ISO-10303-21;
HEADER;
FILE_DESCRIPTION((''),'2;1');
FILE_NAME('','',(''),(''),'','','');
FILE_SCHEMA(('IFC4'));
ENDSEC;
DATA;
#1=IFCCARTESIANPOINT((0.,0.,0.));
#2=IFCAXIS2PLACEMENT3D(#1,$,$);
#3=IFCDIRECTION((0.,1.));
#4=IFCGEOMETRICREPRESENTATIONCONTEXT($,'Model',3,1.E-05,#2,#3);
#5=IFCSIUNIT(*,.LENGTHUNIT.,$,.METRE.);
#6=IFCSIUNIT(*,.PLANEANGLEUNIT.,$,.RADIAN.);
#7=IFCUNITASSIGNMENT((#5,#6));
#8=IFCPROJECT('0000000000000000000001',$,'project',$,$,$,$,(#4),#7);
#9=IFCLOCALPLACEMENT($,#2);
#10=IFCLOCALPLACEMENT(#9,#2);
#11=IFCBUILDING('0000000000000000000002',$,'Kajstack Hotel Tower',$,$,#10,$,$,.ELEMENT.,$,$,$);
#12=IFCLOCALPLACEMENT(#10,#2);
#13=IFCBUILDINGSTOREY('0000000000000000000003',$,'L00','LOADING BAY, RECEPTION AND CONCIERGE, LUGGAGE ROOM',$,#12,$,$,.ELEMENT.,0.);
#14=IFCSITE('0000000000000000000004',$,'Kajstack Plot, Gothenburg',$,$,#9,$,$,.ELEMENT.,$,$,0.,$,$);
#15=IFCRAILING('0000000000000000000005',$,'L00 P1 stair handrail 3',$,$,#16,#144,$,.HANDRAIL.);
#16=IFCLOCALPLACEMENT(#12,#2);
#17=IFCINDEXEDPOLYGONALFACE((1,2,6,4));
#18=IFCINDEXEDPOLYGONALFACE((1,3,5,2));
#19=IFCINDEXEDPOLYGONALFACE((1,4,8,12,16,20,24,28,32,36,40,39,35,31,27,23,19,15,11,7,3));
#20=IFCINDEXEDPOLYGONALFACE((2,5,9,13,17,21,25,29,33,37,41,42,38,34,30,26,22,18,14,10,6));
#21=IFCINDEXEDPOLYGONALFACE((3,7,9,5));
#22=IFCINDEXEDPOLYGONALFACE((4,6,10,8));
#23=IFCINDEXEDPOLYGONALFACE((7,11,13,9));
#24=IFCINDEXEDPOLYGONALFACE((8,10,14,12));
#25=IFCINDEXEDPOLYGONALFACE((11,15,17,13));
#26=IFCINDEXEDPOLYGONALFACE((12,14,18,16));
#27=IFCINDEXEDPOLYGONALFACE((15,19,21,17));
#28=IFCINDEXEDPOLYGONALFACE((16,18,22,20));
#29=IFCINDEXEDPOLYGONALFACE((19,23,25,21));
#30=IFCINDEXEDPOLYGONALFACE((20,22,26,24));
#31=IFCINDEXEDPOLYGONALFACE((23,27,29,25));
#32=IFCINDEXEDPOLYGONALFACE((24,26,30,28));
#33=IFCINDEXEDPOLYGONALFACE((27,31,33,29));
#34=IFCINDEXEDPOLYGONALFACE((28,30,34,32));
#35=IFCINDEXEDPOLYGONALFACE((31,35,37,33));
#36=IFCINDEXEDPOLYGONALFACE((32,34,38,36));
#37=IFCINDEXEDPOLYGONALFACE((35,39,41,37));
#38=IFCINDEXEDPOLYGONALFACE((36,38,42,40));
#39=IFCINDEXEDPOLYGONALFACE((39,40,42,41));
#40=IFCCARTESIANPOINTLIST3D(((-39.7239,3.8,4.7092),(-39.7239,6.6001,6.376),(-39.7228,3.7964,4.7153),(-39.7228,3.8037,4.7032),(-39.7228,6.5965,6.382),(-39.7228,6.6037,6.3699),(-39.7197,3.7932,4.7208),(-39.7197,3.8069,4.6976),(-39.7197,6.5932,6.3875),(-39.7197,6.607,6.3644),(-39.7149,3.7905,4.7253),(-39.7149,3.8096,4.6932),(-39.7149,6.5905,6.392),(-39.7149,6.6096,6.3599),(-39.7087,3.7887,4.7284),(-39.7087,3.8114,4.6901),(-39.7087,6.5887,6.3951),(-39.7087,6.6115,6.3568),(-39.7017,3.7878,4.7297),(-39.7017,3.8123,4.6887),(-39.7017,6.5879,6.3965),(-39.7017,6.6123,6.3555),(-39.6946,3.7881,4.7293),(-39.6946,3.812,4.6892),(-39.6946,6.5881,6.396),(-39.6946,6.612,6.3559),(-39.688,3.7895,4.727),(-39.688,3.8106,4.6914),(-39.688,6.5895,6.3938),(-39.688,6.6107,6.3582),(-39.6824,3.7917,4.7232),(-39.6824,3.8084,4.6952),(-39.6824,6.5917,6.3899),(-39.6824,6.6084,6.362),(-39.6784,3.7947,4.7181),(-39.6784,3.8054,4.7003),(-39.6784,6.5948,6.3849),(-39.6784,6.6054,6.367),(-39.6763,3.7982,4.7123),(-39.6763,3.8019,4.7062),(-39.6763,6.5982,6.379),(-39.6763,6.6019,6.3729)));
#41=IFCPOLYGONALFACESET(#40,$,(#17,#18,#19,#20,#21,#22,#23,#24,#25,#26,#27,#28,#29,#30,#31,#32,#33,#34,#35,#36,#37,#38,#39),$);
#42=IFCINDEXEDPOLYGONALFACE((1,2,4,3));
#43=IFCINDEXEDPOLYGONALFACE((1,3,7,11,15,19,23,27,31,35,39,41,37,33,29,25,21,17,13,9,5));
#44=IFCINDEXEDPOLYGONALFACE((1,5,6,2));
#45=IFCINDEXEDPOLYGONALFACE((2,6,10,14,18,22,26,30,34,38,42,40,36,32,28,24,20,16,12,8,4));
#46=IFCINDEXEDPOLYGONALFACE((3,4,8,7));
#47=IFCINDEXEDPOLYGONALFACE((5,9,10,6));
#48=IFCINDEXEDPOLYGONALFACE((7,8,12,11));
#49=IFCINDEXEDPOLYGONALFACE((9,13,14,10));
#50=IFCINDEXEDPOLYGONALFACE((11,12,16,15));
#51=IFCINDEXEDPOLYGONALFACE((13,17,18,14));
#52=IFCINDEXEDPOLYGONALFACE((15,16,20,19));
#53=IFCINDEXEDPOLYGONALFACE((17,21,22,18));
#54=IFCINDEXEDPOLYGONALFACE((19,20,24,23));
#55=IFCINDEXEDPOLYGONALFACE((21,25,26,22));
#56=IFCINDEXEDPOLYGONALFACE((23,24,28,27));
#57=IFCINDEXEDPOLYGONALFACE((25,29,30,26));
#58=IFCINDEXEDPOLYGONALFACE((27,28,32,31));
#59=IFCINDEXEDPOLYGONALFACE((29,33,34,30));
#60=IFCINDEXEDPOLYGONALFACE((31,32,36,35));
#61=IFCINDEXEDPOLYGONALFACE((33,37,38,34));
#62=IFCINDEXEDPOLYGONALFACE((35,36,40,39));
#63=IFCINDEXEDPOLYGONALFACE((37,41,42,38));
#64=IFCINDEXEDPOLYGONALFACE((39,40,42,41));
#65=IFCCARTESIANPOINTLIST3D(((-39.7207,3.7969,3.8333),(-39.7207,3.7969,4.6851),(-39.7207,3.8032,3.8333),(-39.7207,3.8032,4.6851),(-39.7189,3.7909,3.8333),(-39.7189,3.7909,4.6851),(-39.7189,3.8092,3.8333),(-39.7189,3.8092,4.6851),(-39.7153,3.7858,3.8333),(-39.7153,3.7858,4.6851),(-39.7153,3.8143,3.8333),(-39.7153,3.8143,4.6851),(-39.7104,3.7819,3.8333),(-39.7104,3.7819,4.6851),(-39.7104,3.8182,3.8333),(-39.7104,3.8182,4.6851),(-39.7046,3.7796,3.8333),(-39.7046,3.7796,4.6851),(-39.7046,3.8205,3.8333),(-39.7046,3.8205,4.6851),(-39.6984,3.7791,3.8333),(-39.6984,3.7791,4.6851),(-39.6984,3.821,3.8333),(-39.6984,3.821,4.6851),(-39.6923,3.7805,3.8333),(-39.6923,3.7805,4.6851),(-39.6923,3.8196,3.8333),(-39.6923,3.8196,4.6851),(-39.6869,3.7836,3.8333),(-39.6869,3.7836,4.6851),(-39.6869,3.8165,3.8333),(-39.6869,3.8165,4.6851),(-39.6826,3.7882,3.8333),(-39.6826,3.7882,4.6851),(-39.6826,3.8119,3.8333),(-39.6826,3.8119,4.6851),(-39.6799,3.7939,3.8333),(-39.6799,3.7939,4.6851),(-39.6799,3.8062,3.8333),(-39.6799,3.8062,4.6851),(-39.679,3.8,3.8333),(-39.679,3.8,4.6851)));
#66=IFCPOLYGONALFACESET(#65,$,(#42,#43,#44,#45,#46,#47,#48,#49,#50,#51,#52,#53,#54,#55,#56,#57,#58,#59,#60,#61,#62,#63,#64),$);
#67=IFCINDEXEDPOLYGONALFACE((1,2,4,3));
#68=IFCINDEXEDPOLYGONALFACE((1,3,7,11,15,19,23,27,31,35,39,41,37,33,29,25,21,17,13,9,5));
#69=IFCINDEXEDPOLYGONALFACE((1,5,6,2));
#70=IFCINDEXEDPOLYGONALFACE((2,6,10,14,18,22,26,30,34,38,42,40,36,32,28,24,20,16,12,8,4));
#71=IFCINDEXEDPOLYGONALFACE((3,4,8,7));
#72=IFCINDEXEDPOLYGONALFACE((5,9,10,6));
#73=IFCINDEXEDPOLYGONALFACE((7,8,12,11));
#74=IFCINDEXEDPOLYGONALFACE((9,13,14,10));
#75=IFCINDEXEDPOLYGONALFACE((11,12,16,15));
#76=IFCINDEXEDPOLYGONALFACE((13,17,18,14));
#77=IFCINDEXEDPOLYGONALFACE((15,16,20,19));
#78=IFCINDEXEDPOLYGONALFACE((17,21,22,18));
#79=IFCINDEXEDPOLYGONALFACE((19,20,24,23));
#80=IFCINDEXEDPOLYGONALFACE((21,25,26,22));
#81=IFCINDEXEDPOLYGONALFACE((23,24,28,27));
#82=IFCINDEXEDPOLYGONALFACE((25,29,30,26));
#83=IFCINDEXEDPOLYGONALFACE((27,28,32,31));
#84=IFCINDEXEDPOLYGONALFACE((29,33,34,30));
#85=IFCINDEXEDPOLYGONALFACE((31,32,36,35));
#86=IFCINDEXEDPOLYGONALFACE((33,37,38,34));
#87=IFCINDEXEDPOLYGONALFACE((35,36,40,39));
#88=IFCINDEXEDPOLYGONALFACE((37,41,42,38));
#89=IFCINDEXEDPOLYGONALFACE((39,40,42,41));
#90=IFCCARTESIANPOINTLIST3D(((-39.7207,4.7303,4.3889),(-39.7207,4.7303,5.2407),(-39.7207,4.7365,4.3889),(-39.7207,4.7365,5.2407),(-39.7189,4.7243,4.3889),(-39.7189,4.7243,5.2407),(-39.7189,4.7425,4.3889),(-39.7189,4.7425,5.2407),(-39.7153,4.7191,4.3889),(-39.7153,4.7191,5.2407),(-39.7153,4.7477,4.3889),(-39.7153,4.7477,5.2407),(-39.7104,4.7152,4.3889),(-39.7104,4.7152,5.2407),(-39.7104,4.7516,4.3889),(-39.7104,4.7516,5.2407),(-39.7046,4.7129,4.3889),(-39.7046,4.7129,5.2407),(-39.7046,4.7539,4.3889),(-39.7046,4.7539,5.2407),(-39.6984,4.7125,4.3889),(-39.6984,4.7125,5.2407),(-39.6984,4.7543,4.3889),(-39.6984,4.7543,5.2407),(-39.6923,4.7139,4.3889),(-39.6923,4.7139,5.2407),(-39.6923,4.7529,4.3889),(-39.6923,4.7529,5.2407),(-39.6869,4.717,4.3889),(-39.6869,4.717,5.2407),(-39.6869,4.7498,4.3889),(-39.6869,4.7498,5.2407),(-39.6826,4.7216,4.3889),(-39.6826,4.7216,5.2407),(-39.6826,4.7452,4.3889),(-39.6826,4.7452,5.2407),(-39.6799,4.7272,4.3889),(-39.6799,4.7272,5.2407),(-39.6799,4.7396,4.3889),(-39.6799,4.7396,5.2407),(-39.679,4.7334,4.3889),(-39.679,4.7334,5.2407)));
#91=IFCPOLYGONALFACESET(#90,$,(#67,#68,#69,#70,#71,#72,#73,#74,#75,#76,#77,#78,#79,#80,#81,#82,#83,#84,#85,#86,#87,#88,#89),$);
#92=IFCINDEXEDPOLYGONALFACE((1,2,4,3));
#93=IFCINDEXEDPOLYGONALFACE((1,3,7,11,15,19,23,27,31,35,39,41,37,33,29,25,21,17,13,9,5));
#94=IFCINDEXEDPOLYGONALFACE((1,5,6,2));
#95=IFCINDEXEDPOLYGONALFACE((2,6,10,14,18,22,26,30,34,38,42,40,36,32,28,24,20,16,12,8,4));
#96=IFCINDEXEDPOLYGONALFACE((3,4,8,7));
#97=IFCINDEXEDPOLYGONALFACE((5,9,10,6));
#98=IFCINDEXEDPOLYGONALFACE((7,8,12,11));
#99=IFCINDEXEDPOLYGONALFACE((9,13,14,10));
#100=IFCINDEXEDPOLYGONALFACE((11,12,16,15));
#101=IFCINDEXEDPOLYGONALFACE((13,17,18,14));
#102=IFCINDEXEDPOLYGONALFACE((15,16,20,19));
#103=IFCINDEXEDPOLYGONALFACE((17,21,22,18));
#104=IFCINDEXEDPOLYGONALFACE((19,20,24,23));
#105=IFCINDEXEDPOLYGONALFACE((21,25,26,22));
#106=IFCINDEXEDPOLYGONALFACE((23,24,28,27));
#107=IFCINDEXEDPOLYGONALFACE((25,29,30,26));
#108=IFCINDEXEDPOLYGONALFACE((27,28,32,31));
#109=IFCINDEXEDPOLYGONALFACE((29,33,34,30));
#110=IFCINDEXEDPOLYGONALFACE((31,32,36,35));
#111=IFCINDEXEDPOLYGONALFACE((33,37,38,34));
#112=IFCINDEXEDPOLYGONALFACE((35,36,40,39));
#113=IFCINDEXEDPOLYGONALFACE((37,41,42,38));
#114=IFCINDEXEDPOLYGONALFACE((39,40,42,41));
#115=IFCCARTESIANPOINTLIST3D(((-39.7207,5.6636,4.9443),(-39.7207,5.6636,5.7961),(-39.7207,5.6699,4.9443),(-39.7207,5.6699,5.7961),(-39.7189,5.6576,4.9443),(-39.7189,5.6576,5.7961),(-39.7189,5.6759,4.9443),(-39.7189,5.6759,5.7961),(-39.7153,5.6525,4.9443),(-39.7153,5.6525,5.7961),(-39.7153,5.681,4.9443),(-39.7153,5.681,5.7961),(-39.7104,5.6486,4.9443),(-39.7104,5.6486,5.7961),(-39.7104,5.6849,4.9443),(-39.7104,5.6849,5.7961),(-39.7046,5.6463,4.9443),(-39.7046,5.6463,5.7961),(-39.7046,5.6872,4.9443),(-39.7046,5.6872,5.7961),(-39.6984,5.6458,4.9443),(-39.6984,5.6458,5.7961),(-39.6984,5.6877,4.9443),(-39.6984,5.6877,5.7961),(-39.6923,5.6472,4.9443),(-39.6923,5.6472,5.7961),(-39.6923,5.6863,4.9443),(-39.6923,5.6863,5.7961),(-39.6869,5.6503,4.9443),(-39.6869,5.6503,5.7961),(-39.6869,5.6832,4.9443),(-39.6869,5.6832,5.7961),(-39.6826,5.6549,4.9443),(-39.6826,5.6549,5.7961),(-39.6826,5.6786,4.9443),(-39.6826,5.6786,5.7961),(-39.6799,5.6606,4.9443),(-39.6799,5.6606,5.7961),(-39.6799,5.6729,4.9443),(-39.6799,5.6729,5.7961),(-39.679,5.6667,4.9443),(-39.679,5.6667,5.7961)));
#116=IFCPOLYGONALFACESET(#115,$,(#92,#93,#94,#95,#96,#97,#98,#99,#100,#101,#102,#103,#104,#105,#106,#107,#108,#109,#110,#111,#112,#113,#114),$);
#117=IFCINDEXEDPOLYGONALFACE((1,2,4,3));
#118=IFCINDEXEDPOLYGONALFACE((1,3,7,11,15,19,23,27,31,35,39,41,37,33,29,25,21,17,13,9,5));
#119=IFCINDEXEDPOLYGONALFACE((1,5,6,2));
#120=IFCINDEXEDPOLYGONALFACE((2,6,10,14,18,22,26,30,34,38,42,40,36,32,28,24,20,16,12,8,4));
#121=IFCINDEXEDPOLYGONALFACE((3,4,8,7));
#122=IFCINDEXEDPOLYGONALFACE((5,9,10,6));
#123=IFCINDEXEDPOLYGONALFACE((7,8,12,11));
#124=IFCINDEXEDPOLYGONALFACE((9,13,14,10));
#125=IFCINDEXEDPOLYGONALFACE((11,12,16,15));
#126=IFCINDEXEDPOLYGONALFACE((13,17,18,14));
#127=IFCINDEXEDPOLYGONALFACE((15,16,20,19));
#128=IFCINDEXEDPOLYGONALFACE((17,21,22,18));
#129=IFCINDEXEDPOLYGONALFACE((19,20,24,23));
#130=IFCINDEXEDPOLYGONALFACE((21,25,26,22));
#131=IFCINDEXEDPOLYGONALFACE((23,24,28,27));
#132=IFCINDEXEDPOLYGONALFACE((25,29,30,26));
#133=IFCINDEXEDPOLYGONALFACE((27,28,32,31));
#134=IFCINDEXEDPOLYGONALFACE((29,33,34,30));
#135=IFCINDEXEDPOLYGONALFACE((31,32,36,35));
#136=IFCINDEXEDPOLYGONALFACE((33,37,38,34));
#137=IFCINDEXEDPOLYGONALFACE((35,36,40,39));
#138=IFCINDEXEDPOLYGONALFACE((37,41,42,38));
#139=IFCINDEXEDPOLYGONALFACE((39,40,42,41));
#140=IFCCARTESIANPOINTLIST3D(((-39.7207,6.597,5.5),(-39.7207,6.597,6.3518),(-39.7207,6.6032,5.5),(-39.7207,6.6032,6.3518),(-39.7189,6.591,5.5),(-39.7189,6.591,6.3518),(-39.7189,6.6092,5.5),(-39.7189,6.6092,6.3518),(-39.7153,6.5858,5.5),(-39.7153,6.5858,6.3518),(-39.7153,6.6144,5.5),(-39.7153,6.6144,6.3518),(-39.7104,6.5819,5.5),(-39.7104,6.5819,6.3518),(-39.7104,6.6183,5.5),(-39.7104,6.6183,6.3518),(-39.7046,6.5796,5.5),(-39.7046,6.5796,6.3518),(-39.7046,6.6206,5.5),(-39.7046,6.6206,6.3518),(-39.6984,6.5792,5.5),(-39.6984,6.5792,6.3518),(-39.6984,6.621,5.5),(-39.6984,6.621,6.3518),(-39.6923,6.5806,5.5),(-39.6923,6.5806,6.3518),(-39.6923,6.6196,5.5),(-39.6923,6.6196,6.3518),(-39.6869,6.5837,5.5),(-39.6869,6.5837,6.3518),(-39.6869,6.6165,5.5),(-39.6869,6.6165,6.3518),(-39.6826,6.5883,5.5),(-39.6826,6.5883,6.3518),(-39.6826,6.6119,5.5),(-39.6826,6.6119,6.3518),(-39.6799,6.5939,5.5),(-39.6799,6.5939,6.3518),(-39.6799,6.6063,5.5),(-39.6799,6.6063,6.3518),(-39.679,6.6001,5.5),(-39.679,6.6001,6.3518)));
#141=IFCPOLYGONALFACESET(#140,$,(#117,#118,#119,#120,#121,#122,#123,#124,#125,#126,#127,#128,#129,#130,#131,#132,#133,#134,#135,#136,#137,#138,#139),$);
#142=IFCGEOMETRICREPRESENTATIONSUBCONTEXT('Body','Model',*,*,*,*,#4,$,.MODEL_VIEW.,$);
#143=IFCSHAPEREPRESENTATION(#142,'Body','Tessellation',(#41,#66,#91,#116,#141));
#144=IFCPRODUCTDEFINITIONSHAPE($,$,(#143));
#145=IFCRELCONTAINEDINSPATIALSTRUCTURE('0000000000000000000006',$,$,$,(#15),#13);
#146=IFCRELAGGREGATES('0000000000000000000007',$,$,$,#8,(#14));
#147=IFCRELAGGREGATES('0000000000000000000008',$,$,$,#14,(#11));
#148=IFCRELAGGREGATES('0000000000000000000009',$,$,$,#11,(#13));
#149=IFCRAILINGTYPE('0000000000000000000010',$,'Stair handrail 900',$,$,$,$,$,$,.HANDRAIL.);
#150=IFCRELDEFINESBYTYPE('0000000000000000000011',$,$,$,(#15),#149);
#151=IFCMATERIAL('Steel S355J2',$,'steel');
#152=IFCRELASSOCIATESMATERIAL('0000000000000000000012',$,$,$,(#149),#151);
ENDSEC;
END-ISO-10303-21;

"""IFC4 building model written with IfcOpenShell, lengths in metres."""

from ifc_helpers import new_model, si_unit, direction, frame, origin, origin_2d, place, context, subcontext, project, spatial, circle, extrude, material, type_object, element, save


model = new_model("IFC4")

# Units and contexts
model_context = context("Model", 3, precision=1e-05, world=origin(), true_north=direction((0.0, 1.0)))
body_context = subcontext(model_context, "Body", "Model", "MODEL_VIEW")
ifc_project = project(units=[si_unit("LENGTHUNIT", "METRE"), si_unit("PLANEANGLEUNIT", "RADIAN")], contexts=[model_context])

# Site, building, storey
site_placement = place(None, origin())
site = spatial("IfcSite", under=ifc_project, at=site_placement, Name="Kajstack Plot, Gothenburg", CompositionType="ELEMENT", RefElevation=0.0)
building_placement = place(site_placement, origin())
building = spatial("IfcBuilding", under=site, at=building_placement, Name="Kajstack Hotel Tower", CompositionType="ELEMENT")
storey_placement = place(building_placement, origin())
storey = spatial("IfcBuildingStorey", under=building, at=storey_placement, Name="L00", Description="LOADING BAY, RECEPTION AND CONCIERGE, LUGGAGE ROOM", CompositionType="ELEMENT", Elevation=0.0)

# Railing
ifc_material_1 = material(Name="Steel S355J2", Category="steel")
railing_type_1 = type_object("IfcRailingType", Name="Stair handrail 900", PredefinedType="HANDRAIL", material=ifc_material_1)
railing_1_placement = place(storey_placement, frame((-39.7, 3.8, 3.8333)))
element("IfcRailing", 1, at=railing_1_placement, inside=storey, type_object=railing_type_1, Name="L00 P1 stair handrail 3", PredefinedType="HANDRAIL", context=body_context, shape_type="SweptSolid", body=[
    extrude(circle(Radius=0.0239, at=origin_2d()), frame((0.0, 0.0, 0.876), z_axis=(0.0, 0.859286, 0.511496), x_axis=(-1.0, 0.0, 0.0)), (0.0, 0.0, 1.0), 3.2585),
    extrude(circle(Radius=0.021, at=origin_2d()), origin(), (0.0, 0.0, 1.0), 0.8518),
    extrude(circle(Radius=0.021, at=origin_2d()), frame((0.0, 0.9333, 0.5557)), (0.0, 0.0, 1.0), 0.8518),
    extrude(circle(Radius=0.021, at=origin_2d()), frame((0.0, 1.8667, 1.1111)), (0.0, 0.0, 1.0), 0.8518),
    extrude(circle(Radius=0.021, at=origin_2d()), frame((0.0, 2.8, 1.6667)), (0.0, 0.0, 1.0), 0.8518),
])

save(model, "model.ifc")
